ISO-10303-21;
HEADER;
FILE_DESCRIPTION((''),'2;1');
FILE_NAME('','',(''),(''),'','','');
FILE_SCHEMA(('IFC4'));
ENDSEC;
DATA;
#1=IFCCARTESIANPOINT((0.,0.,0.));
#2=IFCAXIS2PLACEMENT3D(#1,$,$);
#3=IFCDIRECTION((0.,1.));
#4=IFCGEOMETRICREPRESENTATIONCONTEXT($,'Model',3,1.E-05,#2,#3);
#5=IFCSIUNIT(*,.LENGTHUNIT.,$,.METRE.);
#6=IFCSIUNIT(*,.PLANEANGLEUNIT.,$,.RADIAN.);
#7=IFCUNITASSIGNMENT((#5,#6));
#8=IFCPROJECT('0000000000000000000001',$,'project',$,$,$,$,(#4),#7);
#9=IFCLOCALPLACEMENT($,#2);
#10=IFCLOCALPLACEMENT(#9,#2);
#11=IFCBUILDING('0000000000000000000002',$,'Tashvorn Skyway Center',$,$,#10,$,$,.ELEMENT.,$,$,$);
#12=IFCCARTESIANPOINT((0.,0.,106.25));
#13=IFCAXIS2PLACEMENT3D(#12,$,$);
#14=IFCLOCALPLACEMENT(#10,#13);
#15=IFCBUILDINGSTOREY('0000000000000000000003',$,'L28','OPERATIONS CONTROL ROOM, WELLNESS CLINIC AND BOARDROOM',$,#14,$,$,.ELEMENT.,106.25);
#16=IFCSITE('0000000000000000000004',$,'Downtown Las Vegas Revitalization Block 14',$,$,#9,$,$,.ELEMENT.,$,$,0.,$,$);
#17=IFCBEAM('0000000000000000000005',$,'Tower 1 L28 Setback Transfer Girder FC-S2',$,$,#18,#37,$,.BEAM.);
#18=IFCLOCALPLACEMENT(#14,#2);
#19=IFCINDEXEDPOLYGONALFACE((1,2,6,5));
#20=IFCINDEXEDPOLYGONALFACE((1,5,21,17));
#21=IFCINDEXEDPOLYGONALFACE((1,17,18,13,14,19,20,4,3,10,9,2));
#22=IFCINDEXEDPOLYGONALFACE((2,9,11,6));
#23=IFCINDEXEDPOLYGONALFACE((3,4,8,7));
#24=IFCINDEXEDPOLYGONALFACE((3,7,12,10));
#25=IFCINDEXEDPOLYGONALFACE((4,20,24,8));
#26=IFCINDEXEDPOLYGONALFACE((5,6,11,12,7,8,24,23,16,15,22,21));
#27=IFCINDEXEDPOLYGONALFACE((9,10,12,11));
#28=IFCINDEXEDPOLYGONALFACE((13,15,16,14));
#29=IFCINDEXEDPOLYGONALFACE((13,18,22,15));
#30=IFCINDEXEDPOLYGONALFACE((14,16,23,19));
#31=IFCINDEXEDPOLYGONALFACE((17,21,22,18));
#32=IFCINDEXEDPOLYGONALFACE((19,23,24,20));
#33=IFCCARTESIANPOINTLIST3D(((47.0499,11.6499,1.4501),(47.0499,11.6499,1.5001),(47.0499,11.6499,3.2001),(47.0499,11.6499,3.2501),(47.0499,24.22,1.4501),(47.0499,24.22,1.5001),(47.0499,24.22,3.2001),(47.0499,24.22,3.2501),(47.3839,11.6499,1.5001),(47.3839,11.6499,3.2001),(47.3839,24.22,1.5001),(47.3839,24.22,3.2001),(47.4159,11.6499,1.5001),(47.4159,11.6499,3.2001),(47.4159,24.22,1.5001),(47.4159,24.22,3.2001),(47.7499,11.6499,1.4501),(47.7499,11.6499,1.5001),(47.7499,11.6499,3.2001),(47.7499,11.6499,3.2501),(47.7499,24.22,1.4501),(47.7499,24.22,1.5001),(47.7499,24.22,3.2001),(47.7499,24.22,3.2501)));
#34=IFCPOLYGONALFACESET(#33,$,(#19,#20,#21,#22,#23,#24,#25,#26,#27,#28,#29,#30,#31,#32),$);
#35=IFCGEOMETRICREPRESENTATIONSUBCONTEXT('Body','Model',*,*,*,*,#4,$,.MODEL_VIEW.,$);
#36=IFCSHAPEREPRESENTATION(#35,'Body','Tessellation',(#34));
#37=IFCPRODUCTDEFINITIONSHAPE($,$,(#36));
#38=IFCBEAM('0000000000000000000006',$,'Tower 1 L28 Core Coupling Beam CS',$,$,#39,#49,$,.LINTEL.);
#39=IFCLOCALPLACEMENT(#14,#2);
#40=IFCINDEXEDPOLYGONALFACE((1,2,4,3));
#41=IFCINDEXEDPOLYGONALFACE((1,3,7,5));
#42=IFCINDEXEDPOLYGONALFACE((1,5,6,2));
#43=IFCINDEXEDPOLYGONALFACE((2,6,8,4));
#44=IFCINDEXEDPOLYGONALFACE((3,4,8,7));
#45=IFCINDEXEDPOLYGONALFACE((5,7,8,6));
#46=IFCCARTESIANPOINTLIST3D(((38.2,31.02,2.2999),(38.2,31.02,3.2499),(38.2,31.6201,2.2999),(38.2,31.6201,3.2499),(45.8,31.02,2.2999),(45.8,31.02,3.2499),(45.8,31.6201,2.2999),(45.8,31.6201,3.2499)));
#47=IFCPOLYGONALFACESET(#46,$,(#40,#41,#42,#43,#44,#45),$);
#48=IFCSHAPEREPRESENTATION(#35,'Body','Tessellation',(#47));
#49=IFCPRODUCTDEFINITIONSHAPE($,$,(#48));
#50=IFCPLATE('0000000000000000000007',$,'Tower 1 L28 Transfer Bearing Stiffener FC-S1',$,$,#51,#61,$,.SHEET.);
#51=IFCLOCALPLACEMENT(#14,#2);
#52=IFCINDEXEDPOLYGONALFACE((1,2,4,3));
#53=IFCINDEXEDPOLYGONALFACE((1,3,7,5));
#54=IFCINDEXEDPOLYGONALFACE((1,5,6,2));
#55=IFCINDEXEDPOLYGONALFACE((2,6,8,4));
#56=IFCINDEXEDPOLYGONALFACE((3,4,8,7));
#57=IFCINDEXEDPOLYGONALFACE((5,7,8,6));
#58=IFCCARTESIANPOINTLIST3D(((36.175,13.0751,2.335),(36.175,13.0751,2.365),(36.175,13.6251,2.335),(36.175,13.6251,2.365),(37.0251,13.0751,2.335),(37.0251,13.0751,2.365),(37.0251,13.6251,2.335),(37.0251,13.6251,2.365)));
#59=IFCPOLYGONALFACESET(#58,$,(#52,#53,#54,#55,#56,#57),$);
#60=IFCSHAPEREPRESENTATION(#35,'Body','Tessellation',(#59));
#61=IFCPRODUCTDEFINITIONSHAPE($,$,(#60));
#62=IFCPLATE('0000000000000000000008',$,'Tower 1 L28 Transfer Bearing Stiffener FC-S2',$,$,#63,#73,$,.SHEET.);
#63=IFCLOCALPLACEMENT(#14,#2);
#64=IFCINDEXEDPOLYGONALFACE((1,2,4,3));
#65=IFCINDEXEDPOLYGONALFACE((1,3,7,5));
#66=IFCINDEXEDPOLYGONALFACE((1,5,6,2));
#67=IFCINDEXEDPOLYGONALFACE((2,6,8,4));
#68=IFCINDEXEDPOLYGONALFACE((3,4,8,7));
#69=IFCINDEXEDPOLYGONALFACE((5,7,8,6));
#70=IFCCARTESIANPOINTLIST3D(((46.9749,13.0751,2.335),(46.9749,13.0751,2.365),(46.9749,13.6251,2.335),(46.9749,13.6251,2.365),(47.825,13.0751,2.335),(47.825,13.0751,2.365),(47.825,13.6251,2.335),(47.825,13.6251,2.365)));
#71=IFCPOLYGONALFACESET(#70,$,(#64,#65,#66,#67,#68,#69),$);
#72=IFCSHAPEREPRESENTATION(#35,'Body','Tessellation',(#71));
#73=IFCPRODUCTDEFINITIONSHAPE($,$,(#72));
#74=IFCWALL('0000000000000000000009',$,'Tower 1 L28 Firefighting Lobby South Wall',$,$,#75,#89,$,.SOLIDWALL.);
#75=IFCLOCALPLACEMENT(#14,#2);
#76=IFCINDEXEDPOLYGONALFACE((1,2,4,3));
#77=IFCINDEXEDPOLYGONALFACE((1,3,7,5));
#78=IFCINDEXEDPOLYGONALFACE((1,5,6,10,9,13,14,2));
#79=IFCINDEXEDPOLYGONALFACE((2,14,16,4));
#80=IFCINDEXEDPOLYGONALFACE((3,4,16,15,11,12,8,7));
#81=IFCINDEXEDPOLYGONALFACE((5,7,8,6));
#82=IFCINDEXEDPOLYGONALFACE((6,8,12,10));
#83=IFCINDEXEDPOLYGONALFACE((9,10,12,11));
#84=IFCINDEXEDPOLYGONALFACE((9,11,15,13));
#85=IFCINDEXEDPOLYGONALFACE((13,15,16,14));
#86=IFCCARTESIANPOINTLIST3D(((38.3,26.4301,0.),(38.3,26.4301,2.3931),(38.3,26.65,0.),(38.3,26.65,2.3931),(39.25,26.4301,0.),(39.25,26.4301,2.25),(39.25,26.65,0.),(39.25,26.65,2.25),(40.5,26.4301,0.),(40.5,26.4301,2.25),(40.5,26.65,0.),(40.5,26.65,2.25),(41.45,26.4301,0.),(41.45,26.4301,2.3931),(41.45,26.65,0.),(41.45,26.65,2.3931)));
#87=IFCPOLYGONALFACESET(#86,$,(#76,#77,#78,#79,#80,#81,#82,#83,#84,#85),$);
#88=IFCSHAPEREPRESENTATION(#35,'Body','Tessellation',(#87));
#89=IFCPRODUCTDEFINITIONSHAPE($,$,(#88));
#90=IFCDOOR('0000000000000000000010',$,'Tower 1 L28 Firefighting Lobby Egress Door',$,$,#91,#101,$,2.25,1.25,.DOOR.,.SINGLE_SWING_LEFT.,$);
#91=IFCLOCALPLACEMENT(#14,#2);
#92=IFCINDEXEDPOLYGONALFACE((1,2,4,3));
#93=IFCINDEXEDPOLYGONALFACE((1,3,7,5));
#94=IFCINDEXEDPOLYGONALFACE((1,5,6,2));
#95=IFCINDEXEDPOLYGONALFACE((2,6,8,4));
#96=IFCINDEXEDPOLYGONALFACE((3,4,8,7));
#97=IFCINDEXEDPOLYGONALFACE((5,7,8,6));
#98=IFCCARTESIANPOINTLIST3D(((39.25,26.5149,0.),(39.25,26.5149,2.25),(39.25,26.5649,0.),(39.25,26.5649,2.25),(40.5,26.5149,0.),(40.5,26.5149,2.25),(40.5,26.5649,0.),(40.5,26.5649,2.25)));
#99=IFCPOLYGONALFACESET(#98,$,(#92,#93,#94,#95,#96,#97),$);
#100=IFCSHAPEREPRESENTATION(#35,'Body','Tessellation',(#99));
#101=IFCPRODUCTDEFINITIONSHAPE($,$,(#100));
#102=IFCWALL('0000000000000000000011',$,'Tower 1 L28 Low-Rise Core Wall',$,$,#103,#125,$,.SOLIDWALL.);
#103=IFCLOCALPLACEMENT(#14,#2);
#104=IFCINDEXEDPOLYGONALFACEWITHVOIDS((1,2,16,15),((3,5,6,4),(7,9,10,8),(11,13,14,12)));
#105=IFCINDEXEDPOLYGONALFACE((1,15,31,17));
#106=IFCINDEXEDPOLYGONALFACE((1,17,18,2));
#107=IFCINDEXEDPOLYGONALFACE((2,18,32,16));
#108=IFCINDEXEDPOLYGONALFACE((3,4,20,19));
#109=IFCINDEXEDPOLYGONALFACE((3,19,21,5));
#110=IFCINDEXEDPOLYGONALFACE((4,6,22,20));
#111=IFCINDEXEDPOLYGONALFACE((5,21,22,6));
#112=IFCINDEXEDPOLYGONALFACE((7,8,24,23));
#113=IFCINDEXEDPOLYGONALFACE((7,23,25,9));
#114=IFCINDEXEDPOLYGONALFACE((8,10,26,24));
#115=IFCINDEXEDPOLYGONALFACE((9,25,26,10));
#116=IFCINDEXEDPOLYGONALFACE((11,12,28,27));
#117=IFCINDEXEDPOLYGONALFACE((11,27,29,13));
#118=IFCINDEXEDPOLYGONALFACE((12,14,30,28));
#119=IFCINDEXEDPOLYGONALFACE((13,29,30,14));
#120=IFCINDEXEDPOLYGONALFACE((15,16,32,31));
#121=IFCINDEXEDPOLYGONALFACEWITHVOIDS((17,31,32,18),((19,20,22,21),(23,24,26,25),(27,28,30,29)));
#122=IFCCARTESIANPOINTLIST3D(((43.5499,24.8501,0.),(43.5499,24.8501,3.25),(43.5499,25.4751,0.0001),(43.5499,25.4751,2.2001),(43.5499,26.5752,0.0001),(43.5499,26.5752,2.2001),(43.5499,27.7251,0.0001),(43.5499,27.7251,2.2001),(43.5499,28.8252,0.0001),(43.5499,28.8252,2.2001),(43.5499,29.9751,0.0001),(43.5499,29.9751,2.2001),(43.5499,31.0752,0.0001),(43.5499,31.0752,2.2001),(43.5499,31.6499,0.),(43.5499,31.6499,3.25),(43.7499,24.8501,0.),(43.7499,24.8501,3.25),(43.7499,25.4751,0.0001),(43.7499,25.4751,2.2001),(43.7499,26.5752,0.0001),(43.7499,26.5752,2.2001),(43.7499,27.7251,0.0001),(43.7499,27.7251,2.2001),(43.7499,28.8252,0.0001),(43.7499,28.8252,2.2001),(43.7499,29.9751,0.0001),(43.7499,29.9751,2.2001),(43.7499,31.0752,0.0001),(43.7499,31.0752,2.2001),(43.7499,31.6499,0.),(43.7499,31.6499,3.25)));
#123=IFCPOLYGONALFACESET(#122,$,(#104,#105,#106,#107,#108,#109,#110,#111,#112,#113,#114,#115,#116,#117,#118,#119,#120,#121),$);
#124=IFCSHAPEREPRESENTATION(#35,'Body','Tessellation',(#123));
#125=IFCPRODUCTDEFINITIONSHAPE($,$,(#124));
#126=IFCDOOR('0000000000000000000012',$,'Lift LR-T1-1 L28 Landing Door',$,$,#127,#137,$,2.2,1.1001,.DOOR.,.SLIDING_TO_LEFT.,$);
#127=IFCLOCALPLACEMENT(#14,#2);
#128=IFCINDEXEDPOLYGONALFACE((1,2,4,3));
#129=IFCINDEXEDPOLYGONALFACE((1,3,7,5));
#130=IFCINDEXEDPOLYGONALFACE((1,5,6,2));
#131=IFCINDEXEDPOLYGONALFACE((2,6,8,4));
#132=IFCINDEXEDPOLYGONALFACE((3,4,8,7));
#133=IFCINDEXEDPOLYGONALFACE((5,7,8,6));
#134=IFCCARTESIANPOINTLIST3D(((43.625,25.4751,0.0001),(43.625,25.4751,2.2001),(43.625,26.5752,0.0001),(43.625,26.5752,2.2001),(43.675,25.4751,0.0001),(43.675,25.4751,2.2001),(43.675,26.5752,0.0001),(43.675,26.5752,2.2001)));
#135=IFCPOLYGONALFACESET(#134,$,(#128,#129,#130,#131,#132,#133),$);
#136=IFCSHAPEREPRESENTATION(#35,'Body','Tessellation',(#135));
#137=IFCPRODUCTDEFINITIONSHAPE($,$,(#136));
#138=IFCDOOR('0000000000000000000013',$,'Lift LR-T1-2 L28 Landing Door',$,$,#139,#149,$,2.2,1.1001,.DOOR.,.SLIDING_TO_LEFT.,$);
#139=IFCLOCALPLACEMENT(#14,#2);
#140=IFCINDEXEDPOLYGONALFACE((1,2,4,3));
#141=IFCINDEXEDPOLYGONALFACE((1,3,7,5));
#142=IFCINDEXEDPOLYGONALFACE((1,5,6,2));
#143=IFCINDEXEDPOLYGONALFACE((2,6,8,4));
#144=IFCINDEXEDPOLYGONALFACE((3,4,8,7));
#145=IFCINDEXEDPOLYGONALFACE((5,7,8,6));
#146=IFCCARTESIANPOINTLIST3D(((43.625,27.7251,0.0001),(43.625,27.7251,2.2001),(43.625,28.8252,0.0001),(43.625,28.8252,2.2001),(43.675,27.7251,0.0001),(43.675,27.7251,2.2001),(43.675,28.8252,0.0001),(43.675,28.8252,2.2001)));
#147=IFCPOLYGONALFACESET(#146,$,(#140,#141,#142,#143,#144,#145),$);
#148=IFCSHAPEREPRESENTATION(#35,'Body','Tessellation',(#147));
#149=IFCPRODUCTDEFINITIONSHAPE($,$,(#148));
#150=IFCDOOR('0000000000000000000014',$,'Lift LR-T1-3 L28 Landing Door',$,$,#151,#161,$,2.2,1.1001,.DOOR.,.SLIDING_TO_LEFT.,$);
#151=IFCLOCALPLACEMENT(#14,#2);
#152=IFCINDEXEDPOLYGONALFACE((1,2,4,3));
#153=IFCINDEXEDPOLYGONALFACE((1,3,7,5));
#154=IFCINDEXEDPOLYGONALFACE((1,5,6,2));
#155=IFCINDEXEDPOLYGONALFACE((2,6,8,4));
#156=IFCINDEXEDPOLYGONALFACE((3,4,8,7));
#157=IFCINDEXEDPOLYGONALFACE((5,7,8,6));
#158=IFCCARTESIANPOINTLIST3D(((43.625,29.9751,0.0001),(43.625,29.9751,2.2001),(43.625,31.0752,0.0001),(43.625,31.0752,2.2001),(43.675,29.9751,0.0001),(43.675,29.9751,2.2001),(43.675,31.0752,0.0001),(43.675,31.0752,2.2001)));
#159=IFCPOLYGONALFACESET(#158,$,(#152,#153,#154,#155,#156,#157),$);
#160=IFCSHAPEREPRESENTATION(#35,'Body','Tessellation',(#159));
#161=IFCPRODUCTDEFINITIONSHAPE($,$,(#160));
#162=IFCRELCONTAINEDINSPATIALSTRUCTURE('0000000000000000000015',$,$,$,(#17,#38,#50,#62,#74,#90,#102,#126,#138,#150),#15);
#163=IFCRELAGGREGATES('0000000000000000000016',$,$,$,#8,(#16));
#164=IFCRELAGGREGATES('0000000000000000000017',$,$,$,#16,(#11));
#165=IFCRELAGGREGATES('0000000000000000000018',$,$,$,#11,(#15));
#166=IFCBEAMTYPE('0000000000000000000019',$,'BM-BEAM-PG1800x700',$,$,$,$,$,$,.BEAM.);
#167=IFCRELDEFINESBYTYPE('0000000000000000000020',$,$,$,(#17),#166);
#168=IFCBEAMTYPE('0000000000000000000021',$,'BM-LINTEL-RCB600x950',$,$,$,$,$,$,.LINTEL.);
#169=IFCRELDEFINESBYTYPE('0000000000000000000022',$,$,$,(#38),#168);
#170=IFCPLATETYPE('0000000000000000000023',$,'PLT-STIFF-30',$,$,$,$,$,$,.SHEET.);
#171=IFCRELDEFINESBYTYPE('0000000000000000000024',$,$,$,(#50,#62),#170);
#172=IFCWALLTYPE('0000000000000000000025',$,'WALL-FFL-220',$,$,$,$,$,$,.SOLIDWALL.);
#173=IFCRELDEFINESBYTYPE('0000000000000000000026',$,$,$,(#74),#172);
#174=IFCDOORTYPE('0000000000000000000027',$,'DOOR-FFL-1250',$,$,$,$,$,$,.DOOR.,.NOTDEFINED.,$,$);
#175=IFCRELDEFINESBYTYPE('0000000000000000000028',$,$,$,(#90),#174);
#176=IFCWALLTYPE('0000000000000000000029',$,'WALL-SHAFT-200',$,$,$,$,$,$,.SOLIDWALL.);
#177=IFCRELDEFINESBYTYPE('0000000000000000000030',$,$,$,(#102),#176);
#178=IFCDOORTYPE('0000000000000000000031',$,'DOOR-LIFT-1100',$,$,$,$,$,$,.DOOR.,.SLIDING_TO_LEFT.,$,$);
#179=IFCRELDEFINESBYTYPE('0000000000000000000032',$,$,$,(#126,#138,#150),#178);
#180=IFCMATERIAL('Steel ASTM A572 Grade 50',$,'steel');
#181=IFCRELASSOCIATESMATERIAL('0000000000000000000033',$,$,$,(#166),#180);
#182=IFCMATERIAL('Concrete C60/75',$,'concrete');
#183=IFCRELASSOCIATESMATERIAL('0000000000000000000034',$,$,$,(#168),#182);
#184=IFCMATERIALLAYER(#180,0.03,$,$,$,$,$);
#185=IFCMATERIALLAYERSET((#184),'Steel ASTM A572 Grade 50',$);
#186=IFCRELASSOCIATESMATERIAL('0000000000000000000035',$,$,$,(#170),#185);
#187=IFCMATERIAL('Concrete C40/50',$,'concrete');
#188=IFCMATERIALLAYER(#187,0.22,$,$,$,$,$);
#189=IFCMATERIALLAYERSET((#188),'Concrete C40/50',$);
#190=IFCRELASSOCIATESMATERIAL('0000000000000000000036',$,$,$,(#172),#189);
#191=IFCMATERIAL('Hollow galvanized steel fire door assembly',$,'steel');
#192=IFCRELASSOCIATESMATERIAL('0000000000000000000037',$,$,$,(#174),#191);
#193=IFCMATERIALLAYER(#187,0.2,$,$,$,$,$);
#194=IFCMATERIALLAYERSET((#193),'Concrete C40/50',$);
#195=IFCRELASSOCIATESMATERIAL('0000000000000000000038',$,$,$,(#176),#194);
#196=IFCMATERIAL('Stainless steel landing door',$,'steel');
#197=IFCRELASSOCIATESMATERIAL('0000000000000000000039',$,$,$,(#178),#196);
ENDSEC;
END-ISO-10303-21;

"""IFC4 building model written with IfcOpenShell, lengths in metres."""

from ifc_helpers import new_model, si_unit, direction, frame, frame_2d, origin, origin_2d, place, context, subcontext, project, spatial, rectangle, i_section, extrude, material, layer, layer_set, material_profile, profile_set, type_object, element, fill, save


model = new_model("IFC4")

# Units and contexts
model_context = context("Model", 3, precision=1e-05, world=origin(), true_north=direction((0.0, 1.0)))
body_context = subcontext(model_context, "Body", "Model", "MODEL_VIEW")
ifc_project = project(units=[si_unit("LENGTHUNIT", "METRE"), si_unit("PLANEANGLEUNIT", "RADIAN")], contexts=[model_context])

# Site, building, storey
site_placement = place(None, origin())
site = spatial("IfcSite", under=ifc_project, at=site_placement, Name="Downtown Las Vegas Revitalization Block 14", CompositionType="ELEMENT", RefElevation=0.0)
building_placement = place(site_placement, origin())
building = spatial("IfcBuilding", under=site, at=building_placement, Name="Tashvorn Skyway Center", CompositionType="ELEMENT")
storey_placement = place(building_placement, frame((0.0, 0.0, 106.25)))
storey = spatial("IfcBuildingStorey", under=building, at=storey_placement, Name="L28", Description="OPERATIONS CONTROL ROOM, WELLNESS CLINIC AND BOARDROOM", CompositionType="ELEMENT", Elevation=106.25)

# Beams
ifc_material_1 = material(Name="Steel ASTM A572 Grade 50", Category="steel")
ifc_material_profile_1 = material_profile(ifc_material_1, i_section(OverallWidth=0.7, OverallDepth=1.8, WebThickness=0.032, FlangeThickness=0.05, at=origin_2d()), Name="PG1800x700")
ifc_profile_set_1 = profile_set([ifc_material_profile_1], Name="Steel ASTM A572 Grade 50")
beam_type_1 = type_object("IfcBeamType", Name="BM-BEAM-PG1800x700", PredefinedType="BEAM", material=ifc_profile_set_1)
beam_1_placement = place(storey_placement, frame((47.3999, 11.6499, 2.3501), z_axis=(0.0, 1.0, 0.0), x_axis=(-1.0, 0.0, 0.0)))
element("IfcBeam", 1, at=beam_1_placement, inside=storey, type_object=beam_type_1, Name="Tower 1 L28 Setback Transfer Girder FC-S2", PredefinedType="BEAM", context=body_context, shape_type="SweptSolid", body=[
    extrude(i_section(OverallWidth=0.7, OverallDepth=1.8, WebThickness=0.032, FlangeThickness=0.05, at=origin_2d()), origin(), (0.0, 0.0, 1.0), 12.5701),
])
ifc_material_2 = material(Name="Concrete C60/75", Category="concrete")
ifc_material_profile_2 = material_profile(ifc_material_2, rectangle(XDim=0.6001, YDim=0.95, at=origin_2d()), Name="RCB600x950")
ifc_profile_set_2 = profile_set([ifc_material_profile_2], Name="Concrete C60/75")
beam_type_2 = type_object("IfcBeamType", Name="BM-LINTEL-RCB600x950", PredefinedType="LINTEL", material=ifc_profile_set_2)
beam_2_placement = place(storey_placement, frame((38.2, 31.3201, 2.7749), z_axis=(1.0, 0.0, 0.0), x_axis=(0.0, 1.0, 0.0)))
element("IfcBeam", 2, at=beam_2_placement, inside=storey, type_object=beam_type_2, Name="Tower 1 L28 Core Coupling Beam CS", PredefinedType="LINTEL", context=body_context, shape_type="SweptSolid", body=[
    extrude(rectangle(XDim=0.6001, YDim=0.95, at=origin_2d()), origin(), (0.0, 0.0, 1.0), 7.6001),
])

# Plates
ifc_layer_1 = layer(ifc_material_1, 0.03)
ifc_layer_set_1 = layer_set([ifc_layer_1], Name="Steel ASTM A572 Grade 50")
plate_type = type_object("IfcPlateType", Name="PLT-STIFF-30", PredefinedType="SHEET", material=ifc_layer_set_1)
for number, where, z_axis, x_axis, name in (
    (3, (36.6001, 13.3501, 2.335), (0.0, 0.0, 1.0), (1.0, 0.0, 0.0), "Tower 1 L28 Transfer Bearing Stiffener FC-S1"),
    (4, (47.3999, 13.3501, 2.335), (0.0, 0.0, 1.0), (1.0, 0.0, 0.0), "Tower 1 L28 Transfer Bearing Stiffener FC-S2"),
):
    element("IfcPlate", number, at=place(storey_placement, frame(where, z_axis=z_axis, x_axis=x_axis)), inside=storey, type_object=plate_type, Name=name, PredefinedType="SHEET", context=body_context, shape_type="SweptSolid", body=[
        extrude(rectangle(XDim=0.8501, YDim=0.55, at=origin_2d()), origin(), (0.0, 0.0, 1.0), 0.03),
    ])

# Wall, opening, door
ifc_material_3 = material(Name="Concrete C40/50", Category="concrete")
ifc_layer_2 = layer(ifc_material_3, 0.22)
ifc_layer_set_2 = layer_set([ifc_layer_2], Name="Concrete C40/50")
wall_type_1 = type_object("IfcWallType", Name="WALL-FFL-220", PredefinedType="SOLIDWALL", material=ifc_layer_set_2)
wall_1_placement = place(storey_placement, frame((38.3, 26.54, 0.0), z_axis=(0.0, 0.0, 1.0), x_axis=(1.0, 0.0, 0.0)))
wall_1 = element("IfcWall", 5, at=wall_1_placement, inside=storey, type_object=wall_type_1, Name="Tower 1 L28 Firefighting Lobby South Wall", PredefinedType="SOLIDWALL", context=body_context, shape_type="SweptSolid", body=[
    extrude(rectangle(XDim=3.1499, YDim=0.22, at=frame_2d((1.575, 0.0))), origin(), (0.0, 0.0, 1.0), 2.3931),
])
opening_1_placement = place(wall_1_placement, frame((0.95, 0.0, 0.0)))
opening_1 = element("IfcOpeningElement", 6, at=opening_1_placement, cuts=wall_1, PredefinedType="OPENING", context=body_context, shape_type="SweptSolid", body=[
    extrude(rectangle(XDim=1.25, YDim=2.25, at=frame_2d((0.625, 1.125))), frame((0.0, 0.1199, 0.0), z_axis=(0.0, -1.0, 0.0), x_axis=(1.0, 0.0, 0.0)), (0.0, 0.0, 1.0), 0.24),
])
ifc_material_4 = material(Name="Hollow galvanized steel fire door assembly", Category="steel")
door_type_1 = type_object("IfcDoorType", Name="DOOR-FFL-1250", OperationType="NOTDEFINED", PredefinedType="DOOR", material=ifc_material_4)
door_1_placement = place(opening_1_placement, origin())
door_1 = element("IfcDoor", 7, at=door_1_placement, inside=storey, type_object=door_type_1, Name="Tower 1 L28 Firefighting Lobby Egress Door", OperationType="SINGLE_SWING_LEFT", OverallHeight=2.25, OverallWidth=1.25, PredefinedType="DOOR", context=body_context, shape_type="SweptSolid", body=[
    extrude(rectangle(XDim=1.25, YDim=2.25, at=frame_2d((0.625, 1.125))), frame((0.0, 0.0249, 0.0), z_axis=(0.0, -1.0, 0.0), x_axis=(1.0, 0.0, 0.0)), (0.0, 0.0, 1.0), 0.05),
])
fill(opening_1, door_1)

# Wall, openings, doors
ifc_layer_3 = layer(ifc_material_3, 0.2)
ifc_layer_set_3 = layer_set([ifc_layer_3], Name="Concrete C40/50")
wall_type_2 = type_object("IfcWallType", Name="WALL-SHAFT-200", PredefinedType="SOLIDWALL", material=ifc_layer_set_3)
wall_2_placement = place(storey_placement, frame((43.6499, 24.8501, 0.0), z_axis=(0.0, 0.0, 1.0), x_axis=(0.0, 1.0, 0.0)))
wall_2 = element("IfcWall", 8, at=wall_2_placement, inside=storey, type_object=wall_type_2, Name="Tower 1 L28 Low-Rise Core Wall", PredefinedType="SOLIDWALL", context=body_context, shape_type="SweptSolid", body=[
    extrude(rectangle(XDim=6.7998, YDim=0.2, at=frame_2d((3.3999, 0.0))), origin(), (0.0, 0.0, 1.0), 3.25),
])
opening_2_placement = place(wall_2_placement, frame((0.625, 0.0, 0.0)))
opening_2 = element("IfcOpeningElement", 9, at=opening_2_placement, cuts=wall_2, PredefinedType="OPENING", context=body_context, shape_type="SweptSolid", body=[
    extrude(rectangle(XDim=1.1001, YDim=2.2, at=frame_2d((0.55, 1.1001))), frame((0.0, 0.1099, 0.0), z_axis=(0.0, -1.0, 0.0), x_axis=(1.0, 0.0, 0.0)), (0.0, 0.0, 1.0), 0.22),
])
opening_3_placement = place(wall_2_placement, frame((2.875, 0.0, 0.0)))
opening_3 = element("IfcOpeningElement", 10, at=opening_3_placement, cuts=wall_2, PredefinedType="OPENING", context=body_context, shape_type="SweptSolid", body=[
    extrude(rectangle(XDim=1.1001, YDim=2.2, at=frame_2d((0.55, 1.1001))), frame((0.0, 0.1099, 0.0), z_axis=(0.0, -1.0, 0.0), x_axis=(1.0, 0.0, 0.0)), (0.0, 0.0, 1.0), 0.22),
])
opening_4_placement = place(wall_2_placement, frame((5.125, 0.0, 0.0)))
opening_4 = element("IfcOpeningElement", 11, at=opening_4_placement, cuts=wall_2, PredefinedType="OPENING", context=body_context, shape_type="SweptSolid", body=[
    extrude(rectangle(XDim=1.1001, YDim=2.2, at=frame_2d((0.55, 1.1001))), frame((0.0, 0.1099, 0.0), z_axis=(0.0, -1.0, 0.0), x_axis=(1.0, 0.0, 0.0)), (0.0, 0.0, 1.0), 0.22),
])
ifc_material_5 = material(Name="Stainless steel landing door", Category="steel")
door_type_2 = type_object("IfcDoorType", Name="DOOR-LIFT-1100", OperationType="SLIDING_TO_LEFT", PredefinedType="DOOR", material=ifc_material_5)
door_2_placement = place(opening_2_placement, origin())
door_2 = element("IfcDoor", 12, at=door_2_placement, inside=storey, type_object=door_type_2, Name="Lift LR-T1-1 L28 Landing Door", OperationType="SLIDING_TO_LEFT", OverallHeight=2.2, OverallWidth=1.1001, PredefinedType="DOOR", context=body_context, shape_type="SweptSolid", body=[
    extrude(rectangle(XDim=1.1001, YDim=2.2, at=frame_2d((0.55, 1.1001))), frame((0.0, 0.0249, 0.0), z_axis=(0.0, -1.0, 0.0), x_axis=(1.0, 0.0, 0.0)), (0.0, 0.0, 1.0), 0.05),
])
fill(opening_2, door_2)
door_3_placement = place(opening_3_placement, origin())
door_3 = element("IfcDoor", 13, at=door_3_placement, inside=storey, type_object=door_type_2, Name="Lift LR-T1-2 L28 Landing Door", OperationType="SLIDING_TO_LEFT", OverallHeight=2.2, OverallWidth=1.1001, PredefinedType="DOOR", context=body_context, shape_type="SweptSolid", body=[
    extrude(rectangle(XDim=1.1001, YDim=2.2, at=frame_2d((0.55, 1.1001))), frame((0.0, 0.0249, 0.0), z_axis=(0.0, -1.0, 0.0), x_axis=(1.0, 0.0, 0.0)), (0.0, 0.0, 1.0), 0.05),
])
fill(opening_3, door_3)
door_4_placement = place(opening_4_placement, origin())
door_4 = element("IfcDoor", 14, at=door_4_placement, inside=storey, type_object=door_type_2, Name="Lift LR-T1-3 L28 Landing Door", OperationType="SLIDING_TO_LEFT", OverallHeight=2.2, OverallWidth=1.1001, PredefinedType="DOOR", context=body_context, shape_type="SweptSolid", body=[
    extrude(rectangle(XDim=1.1001, YDim=2.2, at=frame_2d((0.55, 1.1001))), frame((0.0, 0.0249, 0.0), z_axis=(0.0, -1.0, 0.0), x_axis=(1.0, 0.0, 0.0)), (0.0, 0.0, 1.0), 0.05),
])
fill(opening_4, door_4)

save(model, "model.ifc")
